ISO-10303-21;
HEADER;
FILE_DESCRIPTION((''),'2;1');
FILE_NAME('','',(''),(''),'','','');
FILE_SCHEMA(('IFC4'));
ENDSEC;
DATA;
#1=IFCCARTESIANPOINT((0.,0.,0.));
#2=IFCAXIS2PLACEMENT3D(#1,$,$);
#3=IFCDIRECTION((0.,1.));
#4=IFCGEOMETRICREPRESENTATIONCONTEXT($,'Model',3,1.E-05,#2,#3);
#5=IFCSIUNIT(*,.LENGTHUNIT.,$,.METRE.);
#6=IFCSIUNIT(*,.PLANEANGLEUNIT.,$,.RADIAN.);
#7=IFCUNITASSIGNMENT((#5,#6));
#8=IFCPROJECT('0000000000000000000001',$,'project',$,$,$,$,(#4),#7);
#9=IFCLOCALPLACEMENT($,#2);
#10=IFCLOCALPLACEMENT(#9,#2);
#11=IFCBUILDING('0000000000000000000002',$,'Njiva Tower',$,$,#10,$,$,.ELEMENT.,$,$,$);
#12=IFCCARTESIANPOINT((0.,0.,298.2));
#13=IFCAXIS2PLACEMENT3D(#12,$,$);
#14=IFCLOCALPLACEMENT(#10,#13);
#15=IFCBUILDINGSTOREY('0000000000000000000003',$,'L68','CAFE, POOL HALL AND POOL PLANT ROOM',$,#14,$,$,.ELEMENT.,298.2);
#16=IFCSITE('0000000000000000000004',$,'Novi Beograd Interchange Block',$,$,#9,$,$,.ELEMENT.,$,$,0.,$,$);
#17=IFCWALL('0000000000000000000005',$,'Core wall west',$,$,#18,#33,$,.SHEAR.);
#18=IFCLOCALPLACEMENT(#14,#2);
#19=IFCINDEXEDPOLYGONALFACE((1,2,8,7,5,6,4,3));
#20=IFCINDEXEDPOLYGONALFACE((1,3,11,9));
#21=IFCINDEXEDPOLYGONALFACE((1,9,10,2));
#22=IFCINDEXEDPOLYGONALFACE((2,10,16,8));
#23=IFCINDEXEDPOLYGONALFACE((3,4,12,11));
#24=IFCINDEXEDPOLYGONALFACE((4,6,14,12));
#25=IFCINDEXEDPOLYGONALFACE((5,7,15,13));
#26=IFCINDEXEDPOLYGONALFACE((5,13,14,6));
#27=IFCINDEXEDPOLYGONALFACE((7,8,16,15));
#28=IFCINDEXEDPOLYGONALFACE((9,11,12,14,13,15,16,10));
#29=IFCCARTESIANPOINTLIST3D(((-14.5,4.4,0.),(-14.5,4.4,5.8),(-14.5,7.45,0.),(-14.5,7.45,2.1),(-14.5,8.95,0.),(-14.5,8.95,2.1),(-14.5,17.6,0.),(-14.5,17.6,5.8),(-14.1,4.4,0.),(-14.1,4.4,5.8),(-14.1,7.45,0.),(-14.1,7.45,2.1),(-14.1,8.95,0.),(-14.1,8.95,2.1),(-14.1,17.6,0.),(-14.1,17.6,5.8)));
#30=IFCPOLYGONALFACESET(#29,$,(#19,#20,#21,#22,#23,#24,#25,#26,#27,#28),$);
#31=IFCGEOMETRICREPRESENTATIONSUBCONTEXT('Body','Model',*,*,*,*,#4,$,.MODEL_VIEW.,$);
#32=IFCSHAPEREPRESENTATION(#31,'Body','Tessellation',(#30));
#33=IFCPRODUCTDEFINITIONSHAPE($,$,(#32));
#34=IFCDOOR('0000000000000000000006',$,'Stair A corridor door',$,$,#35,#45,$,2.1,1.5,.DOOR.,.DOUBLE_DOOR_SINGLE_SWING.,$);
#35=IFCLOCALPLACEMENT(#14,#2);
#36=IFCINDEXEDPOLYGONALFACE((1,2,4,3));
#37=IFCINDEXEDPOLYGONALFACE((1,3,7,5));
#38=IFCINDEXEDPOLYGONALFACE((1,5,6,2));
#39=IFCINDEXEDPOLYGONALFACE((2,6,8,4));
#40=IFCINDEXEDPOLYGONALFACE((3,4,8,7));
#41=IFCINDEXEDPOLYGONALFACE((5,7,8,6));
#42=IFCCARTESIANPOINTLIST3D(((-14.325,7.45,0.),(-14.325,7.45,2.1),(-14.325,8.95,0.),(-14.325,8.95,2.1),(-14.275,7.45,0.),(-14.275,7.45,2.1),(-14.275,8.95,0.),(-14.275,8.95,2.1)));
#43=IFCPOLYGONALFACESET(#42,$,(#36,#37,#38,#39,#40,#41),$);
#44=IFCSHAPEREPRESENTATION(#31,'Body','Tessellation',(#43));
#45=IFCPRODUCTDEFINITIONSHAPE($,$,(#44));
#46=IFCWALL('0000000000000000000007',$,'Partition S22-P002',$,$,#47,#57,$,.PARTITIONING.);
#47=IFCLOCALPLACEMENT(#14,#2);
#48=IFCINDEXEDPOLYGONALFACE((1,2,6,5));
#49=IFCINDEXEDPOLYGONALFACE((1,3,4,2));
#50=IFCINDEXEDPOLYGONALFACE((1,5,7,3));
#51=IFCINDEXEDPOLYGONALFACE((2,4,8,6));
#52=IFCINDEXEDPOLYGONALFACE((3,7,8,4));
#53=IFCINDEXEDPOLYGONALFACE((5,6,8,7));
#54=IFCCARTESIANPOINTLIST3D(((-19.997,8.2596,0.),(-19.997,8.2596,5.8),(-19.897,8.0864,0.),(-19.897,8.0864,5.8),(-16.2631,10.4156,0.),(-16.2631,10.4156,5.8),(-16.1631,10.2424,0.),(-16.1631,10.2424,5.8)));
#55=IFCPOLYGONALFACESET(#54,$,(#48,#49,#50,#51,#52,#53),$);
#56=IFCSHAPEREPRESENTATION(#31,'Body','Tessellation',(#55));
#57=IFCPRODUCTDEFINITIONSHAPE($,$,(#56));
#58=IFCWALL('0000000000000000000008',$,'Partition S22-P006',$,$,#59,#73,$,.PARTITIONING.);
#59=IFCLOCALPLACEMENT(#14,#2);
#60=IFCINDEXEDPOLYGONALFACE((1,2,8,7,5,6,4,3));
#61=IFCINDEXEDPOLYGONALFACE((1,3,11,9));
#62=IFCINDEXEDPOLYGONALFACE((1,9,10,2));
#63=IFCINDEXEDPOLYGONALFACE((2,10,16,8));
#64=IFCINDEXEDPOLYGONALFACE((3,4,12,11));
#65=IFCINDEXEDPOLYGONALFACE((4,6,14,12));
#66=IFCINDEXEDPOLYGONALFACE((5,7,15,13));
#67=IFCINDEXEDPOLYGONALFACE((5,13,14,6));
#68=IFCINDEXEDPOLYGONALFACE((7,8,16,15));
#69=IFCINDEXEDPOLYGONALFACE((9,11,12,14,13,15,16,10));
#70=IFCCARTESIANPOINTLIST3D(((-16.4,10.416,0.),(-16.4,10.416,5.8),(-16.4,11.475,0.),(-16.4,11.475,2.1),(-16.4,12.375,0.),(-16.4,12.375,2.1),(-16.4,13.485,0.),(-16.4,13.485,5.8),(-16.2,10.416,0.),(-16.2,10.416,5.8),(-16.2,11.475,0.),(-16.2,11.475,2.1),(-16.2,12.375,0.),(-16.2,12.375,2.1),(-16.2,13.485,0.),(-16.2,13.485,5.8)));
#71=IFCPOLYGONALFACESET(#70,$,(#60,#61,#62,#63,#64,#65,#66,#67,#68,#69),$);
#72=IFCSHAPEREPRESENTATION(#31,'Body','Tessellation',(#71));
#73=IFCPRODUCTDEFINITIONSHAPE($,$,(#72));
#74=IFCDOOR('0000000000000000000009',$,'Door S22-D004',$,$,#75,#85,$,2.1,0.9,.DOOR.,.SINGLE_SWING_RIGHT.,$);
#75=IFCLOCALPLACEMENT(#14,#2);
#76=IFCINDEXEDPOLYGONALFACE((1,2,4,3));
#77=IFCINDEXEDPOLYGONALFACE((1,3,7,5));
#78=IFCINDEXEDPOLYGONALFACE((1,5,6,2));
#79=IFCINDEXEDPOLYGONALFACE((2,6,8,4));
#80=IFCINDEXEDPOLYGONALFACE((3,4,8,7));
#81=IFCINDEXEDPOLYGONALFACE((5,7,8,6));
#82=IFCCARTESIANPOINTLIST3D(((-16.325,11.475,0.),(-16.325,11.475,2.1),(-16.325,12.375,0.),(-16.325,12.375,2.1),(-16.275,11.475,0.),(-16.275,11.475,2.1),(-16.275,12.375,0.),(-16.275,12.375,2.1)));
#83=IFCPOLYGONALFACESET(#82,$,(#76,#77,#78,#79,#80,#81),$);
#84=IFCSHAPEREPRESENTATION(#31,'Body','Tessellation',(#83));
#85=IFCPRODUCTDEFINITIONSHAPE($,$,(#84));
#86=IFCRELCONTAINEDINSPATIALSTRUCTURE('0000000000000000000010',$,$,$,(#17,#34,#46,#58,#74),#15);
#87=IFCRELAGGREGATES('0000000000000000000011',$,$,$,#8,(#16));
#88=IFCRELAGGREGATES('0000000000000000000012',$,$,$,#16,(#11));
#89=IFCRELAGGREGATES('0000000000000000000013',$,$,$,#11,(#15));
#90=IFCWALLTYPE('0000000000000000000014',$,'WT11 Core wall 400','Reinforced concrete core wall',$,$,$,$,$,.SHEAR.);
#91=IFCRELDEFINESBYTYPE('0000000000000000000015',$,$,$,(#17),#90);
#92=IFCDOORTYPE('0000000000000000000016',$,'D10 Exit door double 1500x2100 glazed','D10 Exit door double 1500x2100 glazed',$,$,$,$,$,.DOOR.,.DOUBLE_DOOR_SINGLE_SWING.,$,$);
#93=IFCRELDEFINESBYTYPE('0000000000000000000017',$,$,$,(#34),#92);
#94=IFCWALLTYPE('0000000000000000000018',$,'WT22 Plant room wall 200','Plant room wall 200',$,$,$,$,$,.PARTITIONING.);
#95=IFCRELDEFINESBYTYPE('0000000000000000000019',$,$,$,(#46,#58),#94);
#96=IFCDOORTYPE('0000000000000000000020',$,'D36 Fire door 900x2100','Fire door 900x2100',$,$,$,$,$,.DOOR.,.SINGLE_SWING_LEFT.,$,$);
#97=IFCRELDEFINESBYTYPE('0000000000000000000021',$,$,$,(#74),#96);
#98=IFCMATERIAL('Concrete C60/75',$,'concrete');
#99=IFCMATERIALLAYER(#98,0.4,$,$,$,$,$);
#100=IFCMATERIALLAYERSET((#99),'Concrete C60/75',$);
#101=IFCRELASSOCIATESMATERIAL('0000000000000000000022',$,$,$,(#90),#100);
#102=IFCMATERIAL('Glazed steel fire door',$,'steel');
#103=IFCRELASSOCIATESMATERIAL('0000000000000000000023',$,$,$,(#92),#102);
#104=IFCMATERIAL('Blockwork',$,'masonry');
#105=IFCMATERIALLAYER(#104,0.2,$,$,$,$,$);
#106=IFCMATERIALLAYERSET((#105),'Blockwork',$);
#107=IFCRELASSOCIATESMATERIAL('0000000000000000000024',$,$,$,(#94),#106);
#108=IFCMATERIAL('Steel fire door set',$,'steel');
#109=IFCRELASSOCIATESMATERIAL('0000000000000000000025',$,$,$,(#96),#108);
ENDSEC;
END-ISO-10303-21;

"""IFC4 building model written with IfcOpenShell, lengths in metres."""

from ifc_helpers import new_model, si_unit, direction, frame, frame_2d, origin, place, context, subcontext, project, spatial, rectangle, extrude, material, layer, layer_set, type_object, element, fill, save


model = new_model("IFC4")

# Units and contexts
model_context = context("Model", 3, precision=1e-05, world=origin(), true_north=direction((0.0, 1.0)))
body_context = subcontext(model_context, "Body", "Model", "MODEL_VIEW")
ifc_project = project(units=[si_unit("LENGTHUNIT", "METRE"), si_unit("PLANEANGLEUNIT", "RADIAN")], contexts=[model_context])

# Site, building, storey
site_placement = place(None, origin())
site = spatial("IfcSite", under=ifc_project, at=site_placement, Name="Novi Beograd Interchange Block", CompositionType="ELEMENT", RefElevation=0.0)
building_placement = place(site_placement, origin())
building = spatial("IfcBuilding", under=site, at=building_placement, Name="Njiva Tower", CompositionType="ELEMENT")
storey_placement = place(building_placement, frame((0.0, 0.0, 298.2)))
storey = spatial("IfcBuildingStorey", under=building, at=storey_placement, Name="L68", Description="CAFE, POOL HALL AND POOL PLANT ROOM", CompositionType="ELEMENT", Elevation=298.2)

# Shared definitions
ifc_material_1 = material(Name="Blockwork", Category="masonry")

# Shared definitions
ifc_material_2 = material(Name="Glazed steel fire door", Category="steel")

# Shared definitions
ifc_material_3 = material(Name="Concrete C60/75", Category="concrete")
ifc_layer_1 = layer(ifc_material_3, 0.4)
ifc_layer_set_1 = layer_set([ifc_layer_1], Name="Concrete C60/75")
wall_type_1 = type_object("IfcWallType", Name="WT11 Core wall 400", Description="Reinforced concrete core wall", PredefinedType="SHEAR", material=ifc_layer_set_1)

# Wall, opening, door
wall_1_placement = place(storey_placement, frame((-14.3, 4.4, 0.0), z_axis=(0.0, 0.0, 1.0), x_axis=(0.0, 1.0, 0.0)))
wall_1 = element("IfcWall", 1, at=wall_1_placement, inside=storey, type_object=wall_type_1, Name="Core wall west", PredefinedType="SHEAR", context=body_context, shape_type="SweptSolid", body=[
    extrude(rectangle(XDim=13.2, YDim=0.4, at=frame_2d((6.6, 0.0))), origin(), (0.0, 0.0, 1.0), 5.8),
])
opening_1_placement = place(wall_1_placement, frame((3.05, 0.0, 0.0)))
opening_1 = element("IfcOpeningElement", 2, at=opening_1_placement, cuts=wall_1, PredefinedType="OPENING", context=body_context, shape_type="SweptSolid", body=[
    extrude(rectangle(XDim=1.5, YDim=2.1, at=frame_2d((0.75, 1.05))), frame((0.0, 0.21, 0.0), z_axis=(0.0, -1.0, 0.0), x_axis=(1.0, 0.0, 0.0)), (0.0, 0.0, 1.0), 0.42),
])
door_type_1 = type_object("IfcDoorType", Name="D10 Exit door double 1500x2100 glazed", Description="D10 Exit door double 1500x2100 glazed", OperationType="DOUBLE_DOOR_SINGLE_SWING", PredefinedType="DOOR", material=ifc_material_2)
door_1_placement = place(opening_1_placement, origin())
door_1 = element("IfcDoor", 3, at=door_1_placement, inside=storey, type_object=door_type_1, Name="Stair A corridor door", OperationType="DOUBLE_DOOR_SINGLE_SWING", OverallHeight=2.1, OverallWidth=1.5, PredefinedType="DOOR", context=body_context, shape_type="SweptSolid", body=[
    extrude(rectangle(XDim=1.5, YDim=2.1, at=frame_2d((0.75, 1.05))), frame((0.0, 0.025, 0.0), z_axis=(0.0, -1.0, 0.0), x_axis=(1.0, 0.0, 0.0)), (0.0, 0.0, 1.0), 0.05),
])
fill(opening_1, door_1)

# Wall
ifc_layer_2 = layer(ifc_material_1, 0.2)
ifc_layer_set_2 = layer_set([ifc_layer_2], Name="Blockwork")
wall_type_2 = type_object("IfcWallType", Name="WT22 Plant room wall 200", Description="Plant room wall 200", PredefinedType="PARTITIONING", material=ifc_layer_set_2)
wall_2_placement = place(storey_placement, frame((-19.947, 8.173, 0.0), z_axis=(0.0, 0.0, 1.0), x_axis=(0.866008, 0.50003, 0.0)))
element("IfcWall", 4, at=wall_2_placement, inside=storey, type_object=wall_type_2, Name="Partition S22-P002", PredefinedType="PARTITIONING", context=body_context, shape_type="SweptSolid", body=[
    extrude(rectangle(XDim=4.3117, YDim=0.2, at=frame_2d((2.1558, 0.0))), origin(), (0.0, 0.0, 1.0), 5.8),
])

# Wall, opening, door
wall_3_placement = place(storey_placement, frame((-16.3, 10.416, 0.0), z_axis=(0.0, 0.0, 1.0), x_axis=(0.0, 1.0, 0.0)))
wall_3 = element("IfcWall", 5, at=wall_3_placement, inside=storey, type_object=wall_type_2, Name="Partition S22-P006", PredefinedType="PARTITIONING", context=body_context, shape_type="SweptSolid", body=[
    extrude(rectangle(XDim=3.069, YDim=0.2, at=frame_2d((1.5345, 0.0))), origin(), (0.0, 0.0, 1.0), 5.8),
])
opening_2_placement = place(wall_3_placement, frame((1.059, 0.0, 0.0)))
opening_2 = element("IfcOpeningElement", 6, at=opening_2_placement, cuts=wall_3, PredefinedType="OPENING", context=body_context, shape_type="SweptSolid", body=[
    extrude(rectangle(XDim=0.9, YDim=2.1, at=frame_2d((0.45, 1.05))), frame((0.0, 0.11, 0.0), z_axis=(0.0, -1.0, 0.0), x_axis=(1.0, 0.0, 0.0)), (0.0, 0.0, 1.0), 0.22),
])
ifc_material_4 = material(Name="Steel fire door set", Category="steel")
door_type_2 = type_object("IfcDoorType", Name="D36 Fire door 900x2100", Description="Fire door 900x2100", OperationType="SINGLE_SWING_LEFT", PredefinedType="DOOR", material=ifc_material_4)
door_2_placement = place(opening_2_placement, origin())
door_2 = element("IfcDoor", 7, at=door_2_placement, inside=storey, type_object=door_type_2, Name="Door S22-D004", OperationType="SINGLE_SWING_RIGHT", OverallHeight=2.1, OverallWidth=0.9, PredefinedType="DOOR", context=body_context, shape_type="SweptSolid", body=[
    extrude(rectangle(XDim=0.9, YDim=2.1, at=frame_2d((0.45, 1.05))), frame((0.0, 0.025, 0.0), z_axis=(0.0, -1.0, 0.0), x_axis=(1.0, 0.0, 0.0)), (0.0, 0.0, 1.0), 0.05),
])
fill(opening_2, door_2)

save(model, "model.ifc")
